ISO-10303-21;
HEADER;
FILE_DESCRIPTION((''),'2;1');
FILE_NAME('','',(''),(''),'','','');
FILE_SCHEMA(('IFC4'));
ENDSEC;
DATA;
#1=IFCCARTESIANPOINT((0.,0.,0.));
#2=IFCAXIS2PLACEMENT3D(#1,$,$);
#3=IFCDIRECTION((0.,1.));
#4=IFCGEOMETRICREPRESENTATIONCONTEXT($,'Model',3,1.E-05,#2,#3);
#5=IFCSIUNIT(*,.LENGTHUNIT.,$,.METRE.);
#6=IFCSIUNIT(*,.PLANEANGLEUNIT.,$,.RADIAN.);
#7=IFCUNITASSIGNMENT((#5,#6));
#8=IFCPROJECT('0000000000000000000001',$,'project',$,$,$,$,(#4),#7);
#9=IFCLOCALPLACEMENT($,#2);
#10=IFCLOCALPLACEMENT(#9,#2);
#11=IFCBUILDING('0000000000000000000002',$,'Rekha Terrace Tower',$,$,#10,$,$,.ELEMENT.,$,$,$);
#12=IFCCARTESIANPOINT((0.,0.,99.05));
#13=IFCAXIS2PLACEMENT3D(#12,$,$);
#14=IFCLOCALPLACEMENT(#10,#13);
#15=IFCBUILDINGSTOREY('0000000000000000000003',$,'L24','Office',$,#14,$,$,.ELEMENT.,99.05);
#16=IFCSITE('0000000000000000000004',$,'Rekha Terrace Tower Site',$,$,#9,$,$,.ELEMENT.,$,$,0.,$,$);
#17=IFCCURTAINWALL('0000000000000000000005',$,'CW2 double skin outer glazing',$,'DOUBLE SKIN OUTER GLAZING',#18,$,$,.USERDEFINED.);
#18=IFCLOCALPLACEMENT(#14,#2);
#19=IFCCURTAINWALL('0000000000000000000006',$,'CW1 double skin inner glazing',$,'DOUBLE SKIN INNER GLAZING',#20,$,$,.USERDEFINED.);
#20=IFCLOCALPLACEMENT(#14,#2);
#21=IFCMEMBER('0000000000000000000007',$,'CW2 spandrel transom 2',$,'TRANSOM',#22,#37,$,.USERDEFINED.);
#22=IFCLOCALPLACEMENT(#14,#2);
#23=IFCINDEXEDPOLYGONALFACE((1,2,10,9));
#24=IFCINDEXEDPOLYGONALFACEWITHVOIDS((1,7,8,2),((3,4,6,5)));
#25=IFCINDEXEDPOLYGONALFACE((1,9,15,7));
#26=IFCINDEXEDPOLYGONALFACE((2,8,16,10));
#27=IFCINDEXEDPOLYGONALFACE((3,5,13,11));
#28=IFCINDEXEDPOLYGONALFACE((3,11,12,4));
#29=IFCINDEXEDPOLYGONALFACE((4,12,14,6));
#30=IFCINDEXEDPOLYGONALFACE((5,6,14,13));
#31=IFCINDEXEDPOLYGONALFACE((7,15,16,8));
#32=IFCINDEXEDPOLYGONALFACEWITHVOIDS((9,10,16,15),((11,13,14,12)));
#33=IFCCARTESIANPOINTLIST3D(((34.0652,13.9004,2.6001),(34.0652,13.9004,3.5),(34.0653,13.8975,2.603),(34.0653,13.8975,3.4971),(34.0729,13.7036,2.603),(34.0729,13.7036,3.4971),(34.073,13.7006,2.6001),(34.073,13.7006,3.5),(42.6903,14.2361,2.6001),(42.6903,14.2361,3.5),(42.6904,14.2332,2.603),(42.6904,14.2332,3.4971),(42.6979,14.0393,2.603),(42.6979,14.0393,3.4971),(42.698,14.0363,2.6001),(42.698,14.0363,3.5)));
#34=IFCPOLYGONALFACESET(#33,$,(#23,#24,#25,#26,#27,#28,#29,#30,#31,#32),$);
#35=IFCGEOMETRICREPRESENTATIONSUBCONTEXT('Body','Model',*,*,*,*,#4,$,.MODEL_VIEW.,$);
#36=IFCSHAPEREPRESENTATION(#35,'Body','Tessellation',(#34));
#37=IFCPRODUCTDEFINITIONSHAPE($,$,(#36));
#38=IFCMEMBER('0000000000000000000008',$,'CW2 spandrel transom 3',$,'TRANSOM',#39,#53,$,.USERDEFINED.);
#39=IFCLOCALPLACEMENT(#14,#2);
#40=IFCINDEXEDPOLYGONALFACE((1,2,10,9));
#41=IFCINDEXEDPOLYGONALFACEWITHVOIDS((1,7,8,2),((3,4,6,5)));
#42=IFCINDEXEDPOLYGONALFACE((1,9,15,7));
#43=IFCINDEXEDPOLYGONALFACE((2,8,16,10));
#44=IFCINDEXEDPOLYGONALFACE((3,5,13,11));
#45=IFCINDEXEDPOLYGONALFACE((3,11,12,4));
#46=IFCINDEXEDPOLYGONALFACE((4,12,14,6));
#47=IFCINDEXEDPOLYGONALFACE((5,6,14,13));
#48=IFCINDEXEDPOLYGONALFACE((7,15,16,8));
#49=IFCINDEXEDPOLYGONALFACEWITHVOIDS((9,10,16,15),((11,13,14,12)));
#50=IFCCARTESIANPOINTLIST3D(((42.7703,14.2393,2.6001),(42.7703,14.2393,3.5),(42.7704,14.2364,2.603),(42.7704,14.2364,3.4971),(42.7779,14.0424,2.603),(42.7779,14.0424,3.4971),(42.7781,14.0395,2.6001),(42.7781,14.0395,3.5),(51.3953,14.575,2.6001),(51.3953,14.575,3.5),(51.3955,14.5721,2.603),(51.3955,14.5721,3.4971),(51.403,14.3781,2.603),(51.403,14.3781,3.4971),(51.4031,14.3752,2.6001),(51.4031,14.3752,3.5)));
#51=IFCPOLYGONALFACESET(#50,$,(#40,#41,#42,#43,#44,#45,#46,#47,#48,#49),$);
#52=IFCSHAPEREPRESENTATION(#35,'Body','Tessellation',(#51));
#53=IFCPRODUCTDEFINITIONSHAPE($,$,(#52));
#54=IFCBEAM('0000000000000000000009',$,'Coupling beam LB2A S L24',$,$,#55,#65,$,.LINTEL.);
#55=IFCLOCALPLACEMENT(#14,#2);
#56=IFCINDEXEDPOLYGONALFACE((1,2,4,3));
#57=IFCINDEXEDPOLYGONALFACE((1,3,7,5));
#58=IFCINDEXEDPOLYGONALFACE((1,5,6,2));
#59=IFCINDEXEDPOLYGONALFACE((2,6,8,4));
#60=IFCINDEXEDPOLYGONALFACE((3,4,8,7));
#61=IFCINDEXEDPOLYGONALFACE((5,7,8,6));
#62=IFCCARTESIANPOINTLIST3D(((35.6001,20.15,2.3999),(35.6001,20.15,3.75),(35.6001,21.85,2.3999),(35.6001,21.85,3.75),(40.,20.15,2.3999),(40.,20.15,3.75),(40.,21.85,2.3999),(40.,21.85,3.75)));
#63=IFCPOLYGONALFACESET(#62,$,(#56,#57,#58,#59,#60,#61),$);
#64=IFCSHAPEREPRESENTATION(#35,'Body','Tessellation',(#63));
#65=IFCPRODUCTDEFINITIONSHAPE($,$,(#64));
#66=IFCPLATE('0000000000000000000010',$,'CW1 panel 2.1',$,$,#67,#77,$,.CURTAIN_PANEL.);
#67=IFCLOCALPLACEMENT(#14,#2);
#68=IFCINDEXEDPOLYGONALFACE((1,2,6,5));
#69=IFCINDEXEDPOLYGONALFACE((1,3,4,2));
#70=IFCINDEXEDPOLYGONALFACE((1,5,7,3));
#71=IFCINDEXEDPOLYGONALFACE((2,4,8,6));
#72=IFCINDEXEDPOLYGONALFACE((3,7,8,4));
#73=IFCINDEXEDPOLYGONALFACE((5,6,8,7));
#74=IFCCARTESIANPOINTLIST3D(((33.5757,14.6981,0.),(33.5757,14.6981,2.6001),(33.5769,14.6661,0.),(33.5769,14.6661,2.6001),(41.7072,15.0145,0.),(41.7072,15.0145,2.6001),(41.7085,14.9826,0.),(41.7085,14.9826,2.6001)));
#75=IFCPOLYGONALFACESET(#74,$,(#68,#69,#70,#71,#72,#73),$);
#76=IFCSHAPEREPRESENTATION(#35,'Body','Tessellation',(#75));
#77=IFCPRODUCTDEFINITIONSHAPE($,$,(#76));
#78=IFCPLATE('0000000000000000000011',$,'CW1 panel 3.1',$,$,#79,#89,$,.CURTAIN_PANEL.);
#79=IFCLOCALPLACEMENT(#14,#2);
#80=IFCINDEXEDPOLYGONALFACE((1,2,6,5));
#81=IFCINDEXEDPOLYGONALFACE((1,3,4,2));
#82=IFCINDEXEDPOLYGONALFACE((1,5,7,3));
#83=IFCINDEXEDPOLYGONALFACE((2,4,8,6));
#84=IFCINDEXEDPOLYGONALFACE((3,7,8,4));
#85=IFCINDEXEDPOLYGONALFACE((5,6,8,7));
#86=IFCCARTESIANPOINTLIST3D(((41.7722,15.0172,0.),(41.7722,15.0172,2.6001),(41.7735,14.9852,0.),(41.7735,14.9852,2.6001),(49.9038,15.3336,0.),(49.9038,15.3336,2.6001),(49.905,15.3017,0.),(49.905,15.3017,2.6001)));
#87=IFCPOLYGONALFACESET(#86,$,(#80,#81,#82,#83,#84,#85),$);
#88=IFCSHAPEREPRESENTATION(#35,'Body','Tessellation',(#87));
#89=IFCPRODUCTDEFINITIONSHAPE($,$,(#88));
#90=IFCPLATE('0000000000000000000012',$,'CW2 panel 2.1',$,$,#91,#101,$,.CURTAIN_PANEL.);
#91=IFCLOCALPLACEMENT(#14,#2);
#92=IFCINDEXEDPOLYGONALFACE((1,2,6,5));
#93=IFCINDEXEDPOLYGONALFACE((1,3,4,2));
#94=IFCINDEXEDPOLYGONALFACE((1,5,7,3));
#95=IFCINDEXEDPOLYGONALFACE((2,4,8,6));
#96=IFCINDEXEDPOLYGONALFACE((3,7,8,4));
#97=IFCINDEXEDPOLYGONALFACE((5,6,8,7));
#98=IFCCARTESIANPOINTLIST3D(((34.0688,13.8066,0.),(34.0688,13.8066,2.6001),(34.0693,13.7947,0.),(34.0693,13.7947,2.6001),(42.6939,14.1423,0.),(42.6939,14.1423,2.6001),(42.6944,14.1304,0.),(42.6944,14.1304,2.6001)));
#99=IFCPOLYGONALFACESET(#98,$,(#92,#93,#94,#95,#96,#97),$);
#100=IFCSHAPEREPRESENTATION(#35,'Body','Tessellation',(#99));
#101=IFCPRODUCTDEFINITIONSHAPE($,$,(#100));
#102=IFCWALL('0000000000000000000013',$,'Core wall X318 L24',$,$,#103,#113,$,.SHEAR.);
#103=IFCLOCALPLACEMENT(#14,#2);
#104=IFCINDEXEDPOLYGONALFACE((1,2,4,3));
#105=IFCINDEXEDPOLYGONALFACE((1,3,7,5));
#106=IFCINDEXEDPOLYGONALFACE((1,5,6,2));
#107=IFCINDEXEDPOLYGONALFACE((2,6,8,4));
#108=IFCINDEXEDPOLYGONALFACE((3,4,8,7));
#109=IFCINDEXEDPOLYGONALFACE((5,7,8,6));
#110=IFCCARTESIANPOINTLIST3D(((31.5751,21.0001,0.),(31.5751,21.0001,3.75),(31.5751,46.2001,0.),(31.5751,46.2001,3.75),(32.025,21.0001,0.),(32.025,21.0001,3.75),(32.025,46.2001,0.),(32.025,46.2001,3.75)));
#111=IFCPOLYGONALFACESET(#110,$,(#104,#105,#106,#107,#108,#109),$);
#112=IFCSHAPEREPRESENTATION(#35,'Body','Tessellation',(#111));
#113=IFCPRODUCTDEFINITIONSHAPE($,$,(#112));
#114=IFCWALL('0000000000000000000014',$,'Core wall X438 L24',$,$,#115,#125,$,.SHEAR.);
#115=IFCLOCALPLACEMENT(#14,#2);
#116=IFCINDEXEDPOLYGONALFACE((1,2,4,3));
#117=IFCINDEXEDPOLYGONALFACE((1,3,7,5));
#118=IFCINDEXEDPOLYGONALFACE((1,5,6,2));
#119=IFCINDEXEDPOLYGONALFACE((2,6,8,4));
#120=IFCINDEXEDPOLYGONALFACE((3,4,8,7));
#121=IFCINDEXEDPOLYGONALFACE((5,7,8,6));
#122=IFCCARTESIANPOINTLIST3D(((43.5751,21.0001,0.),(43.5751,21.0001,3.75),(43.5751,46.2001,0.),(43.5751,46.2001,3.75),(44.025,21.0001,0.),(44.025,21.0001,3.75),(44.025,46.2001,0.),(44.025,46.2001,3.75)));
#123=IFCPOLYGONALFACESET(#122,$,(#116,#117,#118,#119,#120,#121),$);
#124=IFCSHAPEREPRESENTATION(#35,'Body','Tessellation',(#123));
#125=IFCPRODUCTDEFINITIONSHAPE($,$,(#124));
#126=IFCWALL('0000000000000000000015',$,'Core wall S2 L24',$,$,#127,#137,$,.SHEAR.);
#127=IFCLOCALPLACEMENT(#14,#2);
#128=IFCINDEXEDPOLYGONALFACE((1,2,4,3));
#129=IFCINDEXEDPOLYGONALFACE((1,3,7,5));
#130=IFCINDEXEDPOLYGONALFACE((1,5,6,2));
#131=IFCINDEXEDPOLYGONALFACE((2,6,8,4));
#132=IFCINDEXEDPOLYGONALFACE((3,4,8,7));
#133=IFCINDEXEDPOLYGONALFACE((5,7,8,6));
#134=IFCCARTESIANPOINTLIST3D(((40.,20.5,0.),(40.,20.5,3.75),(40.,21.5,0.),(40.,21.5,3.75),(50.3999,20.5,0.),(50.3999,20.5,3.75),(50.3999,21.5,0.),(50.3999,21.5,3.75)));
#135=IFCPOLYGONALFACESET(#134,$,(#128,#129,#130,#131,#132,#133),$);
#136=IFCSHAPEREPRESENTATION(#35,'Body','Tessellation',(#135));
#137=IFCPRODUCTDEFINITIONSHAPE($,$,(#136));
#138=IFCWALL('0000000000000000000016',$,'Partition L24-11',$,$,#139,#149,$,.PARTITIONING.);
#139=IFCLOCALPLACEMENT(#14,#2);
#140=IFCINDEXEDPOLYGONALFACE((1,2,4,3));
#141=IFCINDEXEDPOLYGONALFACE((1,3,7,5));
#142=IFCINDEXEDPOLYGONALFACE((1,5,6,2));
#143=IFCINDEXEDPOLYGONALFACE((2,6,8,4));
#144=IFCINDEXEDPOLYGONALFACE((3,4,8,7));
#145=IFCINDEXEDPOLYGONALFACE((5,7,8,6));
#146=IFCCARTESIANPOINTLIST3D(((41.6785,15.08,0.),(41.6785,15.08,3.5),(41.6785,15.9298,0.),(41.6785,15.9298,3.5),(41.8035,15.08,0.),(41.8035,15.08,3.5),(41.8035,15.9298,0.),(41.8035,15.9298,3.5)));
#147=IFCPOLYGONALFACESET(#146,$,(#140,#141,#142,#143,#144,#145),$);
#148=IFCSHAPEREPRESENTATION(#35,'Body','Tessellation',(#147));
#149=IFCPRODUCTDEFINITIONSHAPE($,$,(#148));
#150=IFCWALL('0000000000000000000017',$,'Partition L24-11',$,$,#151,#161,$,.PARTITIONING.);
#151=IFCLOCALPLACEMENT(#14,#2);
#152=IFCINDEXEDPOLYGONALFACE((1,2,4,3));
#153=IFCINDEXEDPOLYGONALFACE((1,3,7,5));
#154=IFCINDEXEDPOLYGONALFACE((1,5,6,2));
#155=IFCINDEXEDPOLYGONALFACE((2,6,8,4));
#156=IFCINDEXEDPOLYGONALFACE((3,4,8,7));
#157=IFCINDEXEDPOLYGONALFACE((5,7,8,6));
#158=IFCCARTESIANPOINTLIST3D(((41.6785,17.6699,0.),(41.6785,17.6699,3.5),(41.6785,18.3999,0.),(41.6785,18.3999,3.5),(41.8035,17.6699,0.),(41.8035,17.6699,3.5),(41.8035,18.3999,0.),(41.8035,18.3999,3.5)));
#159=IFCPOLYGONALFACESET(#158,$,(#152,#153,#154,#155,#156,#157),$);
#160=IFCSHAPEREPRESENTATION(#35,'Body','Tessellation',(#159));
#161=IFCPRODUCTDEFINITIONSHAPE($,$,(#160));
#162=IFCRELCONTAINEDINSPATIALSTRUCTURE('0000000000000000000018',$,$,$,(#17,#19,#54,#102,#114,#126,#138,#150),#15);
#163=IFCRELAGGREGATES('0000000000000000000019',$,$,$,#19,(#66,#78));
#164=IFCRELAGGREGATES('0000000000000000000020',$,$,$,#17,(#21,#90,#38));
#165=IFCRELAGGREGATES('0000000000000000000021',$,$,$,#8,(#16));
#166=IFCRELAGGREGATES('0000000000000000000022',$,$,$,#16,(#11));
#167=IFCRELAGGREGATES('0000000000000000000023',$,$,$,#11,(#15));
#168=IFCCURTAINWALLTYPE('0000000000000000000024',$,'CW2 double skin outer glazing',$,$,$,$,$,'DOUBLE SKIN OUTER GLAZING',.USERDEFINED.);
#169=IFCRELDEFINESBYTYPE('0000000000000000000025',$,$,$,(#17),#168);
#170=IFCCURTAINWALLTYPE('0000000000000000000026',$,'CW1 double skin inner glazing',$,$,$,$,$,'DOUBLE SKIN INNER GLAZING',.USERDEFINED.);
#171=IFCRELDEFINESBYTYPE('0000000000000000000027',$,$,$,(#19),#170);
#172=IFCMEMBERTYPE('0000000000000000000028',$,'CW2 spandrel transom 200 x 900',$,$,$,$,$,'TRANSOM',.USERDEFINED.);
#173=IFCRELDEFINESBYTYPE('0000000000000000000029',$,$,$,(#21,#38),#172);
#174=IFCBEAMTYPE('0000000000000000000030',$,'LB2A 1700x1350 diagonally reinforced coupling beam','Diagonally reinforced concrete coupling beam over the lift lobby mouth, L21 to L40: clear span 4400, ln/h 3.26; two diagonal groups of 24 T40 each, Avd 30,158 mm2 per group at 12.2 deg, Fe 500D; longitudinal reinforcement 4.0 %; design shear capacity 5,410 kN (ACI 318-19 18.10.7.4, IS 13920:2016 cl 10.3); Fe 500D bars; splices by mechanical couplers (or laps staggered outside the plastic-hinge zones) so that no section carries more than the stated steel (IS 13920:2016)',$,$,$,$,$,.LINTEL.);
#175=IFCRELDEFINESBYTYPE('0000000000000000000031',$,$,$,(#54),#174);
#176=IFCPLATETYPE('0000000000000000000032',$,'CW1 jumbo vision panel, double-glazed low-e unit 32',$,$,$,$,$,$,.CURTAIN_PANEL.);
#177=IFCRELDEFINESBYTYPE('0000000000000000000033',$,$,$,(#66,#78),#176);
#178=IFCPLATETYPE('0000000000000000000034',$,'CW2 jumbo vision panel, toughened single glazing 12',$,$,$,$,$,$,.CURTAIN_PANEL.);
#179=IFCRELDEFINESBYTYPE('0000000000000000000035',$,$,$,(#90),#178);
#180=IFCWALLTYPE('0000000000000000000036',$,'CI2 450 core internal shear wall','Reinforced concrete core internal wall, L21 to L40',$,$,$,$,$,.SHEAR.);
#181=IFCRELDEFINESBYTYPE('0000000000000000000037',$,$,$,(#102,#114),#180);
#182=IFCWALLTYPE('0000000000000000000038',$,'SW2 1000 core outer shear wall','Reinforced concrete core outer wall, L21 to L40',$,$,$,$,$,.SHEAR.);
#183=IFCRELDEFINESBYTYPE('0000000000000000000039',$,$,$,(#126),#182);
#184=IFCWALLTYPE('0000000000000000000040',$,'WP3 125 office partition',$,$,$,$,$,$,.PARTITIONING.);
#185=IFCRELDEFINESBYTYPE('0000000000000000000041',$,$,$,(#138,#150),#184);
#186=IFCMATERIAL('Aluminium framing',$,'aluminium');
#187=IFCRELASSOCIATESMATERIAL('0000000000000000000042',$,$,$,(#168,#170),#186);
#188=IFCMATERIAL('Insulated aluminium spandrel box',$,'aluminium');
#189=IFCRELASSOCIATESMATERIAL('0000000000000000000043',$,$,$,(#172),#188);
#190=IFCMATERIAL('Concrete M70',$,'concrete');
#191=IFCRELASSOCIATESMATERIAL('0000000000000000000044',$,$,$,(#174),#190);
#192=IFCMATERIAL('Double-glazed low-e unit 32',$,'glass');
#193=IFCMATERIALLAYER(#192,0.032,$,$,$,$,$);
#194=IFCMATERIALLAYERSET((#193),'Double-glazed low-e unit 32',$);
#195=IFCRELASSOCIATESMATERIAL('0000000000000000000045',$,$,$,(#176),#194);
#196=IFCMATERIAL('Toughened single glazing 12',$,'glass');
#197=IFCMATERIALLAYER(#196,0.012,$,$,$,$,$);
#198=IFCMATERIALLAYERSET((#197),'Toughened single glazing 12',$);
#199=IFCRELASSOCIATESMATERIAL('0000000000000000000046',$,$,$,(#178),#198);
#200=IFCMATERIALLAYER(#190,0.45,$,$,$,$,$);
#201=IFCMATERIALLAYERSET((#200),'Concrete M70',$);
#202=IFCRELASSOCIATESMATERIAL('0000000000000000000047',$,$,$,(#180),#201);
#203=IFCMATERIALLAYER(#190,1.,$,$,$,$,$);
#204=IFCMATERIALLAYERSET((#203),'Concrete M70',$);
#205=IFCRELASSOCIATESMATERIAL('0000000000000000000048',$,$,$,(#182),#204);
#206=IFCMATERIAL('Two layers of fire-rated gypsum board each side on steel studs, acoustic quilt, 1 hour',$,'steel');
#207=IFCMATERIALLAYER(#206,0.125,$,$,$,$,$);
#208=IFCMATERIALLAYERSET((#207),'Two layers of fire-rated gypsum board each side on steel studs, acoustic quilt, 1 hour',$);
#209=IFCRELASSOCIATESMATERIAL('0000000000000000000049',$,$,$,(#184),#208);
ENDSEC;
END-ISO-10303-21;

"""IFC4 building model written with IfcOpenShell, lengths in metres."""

from ifc_helpers import new_model, si_unit, direction, frame, frame_2d, origin, origin_2d, place, context, subcontext, project, spatial, rectangle, hollow_rectangle, extrude, material, layer, layer_set, material_profile, profile_set, type_object, element, aggregate, save


model = new_model("IFC4")

# Units and contexts
model_context = context("Model", 3, precision=1e-05, world=origin(), true_north=direction((0.0, 1.0)))
body_context = subcontext(model_context, "Body", "Model", "MODEL_VIEW")
ifc_project = project(units=[si_unit("LENGTHUNIT", "METRE"), si_unit("PLANEANGLEUNIT", "RADIAN")], contexts=[model_context])

# Site, building, storey
site_placement = place(None, origin())
site = spatial("IfcSite", under=ifc_project, at=site_placement, Name="Rekha Terrace Tower Site", CompositionType="ELEMENT", RefElevation=0.0)
building_placement = place(site_placement, origin())
building = spatial("IfcBuilding", under=site, at=building_placement, Name="Rekha Terrace Tower", CompositionType="ELEMENT")
storey_placement = place(building_placement, frame((0.0, 0.0, 99.05)))
storey = spatial("IfcBuildingStorey", under=building, at=storey_placement, Name="L24", Description="Office", CompositionType="ELEMENT", Elevation=99.05)

# Shared definitions
ifc_material_1 = material(Name="Concrete M70", Category="concrete")

# Curtain walls
ifc_material_2 = material(Name="Aluminium framing", Category="aluminium")
curtain_wall_type_1 = type_object("IfcCurtainWallType", Name="CW2 double skin outer glazing", ElementType="DOUBLE SKIN OUTER GLAZING", PredefinedType="USERDEFINED", material=ifc_material_2)
curtain_wall_1_placement = place(storey_placement, origin())
curtain_wall_1 = element("IfcCurtainWall", 1, at=curtain_wall_1_placement, inside=storey, type_object=curtain_wall_type_1, Name="CW2 double skin outer glazing", ObjectType="DOUBLE SKIN OUTER GLAZING", PredefinedType="USERDEFINED")
curtain_wall_type_2 = type_object("IfcCurtainWallType", Name="CW1 double skin inner glazing", ElementType="DOUBLE SKIN INNER GLAZING", PredefinedType="USERDEFINED", material=ifc_material_2)
curtain_wall_2_placement = place(storey_placement, origin())
curtain_wall_2 = element("IfcCurtainWall", 2, at=curtain_wall_2_placement, inside=storey, type_object=curtain_wall_type_2, Name="CW1 double skin inner glazing", ObjectType="DOUBLE SKIN INNER GLAZING", PredefinedType="USERDEFINED")
ifc_material_3 = material(Name="Insulated aluminium spandrel box", Category="aluminium")

# Members
ifc_material_profile_1 = material_profile(ifc_material_3, hollow_rectangle(XDim=0.2, YDim=0.8999, WallThickness=0.0029, at=origin_2d()), Name="AL SPANDREL BOX 200x900")
ifc_profile_set_1 = profile_set([ifc_material_profile_1], Name="Insulated aluminium spandrel box")
member_type_1 = type_object("IfcMemberType", Name="CW2 spandrel transom 200 x 900", ElementType="TRANSOM", PredefinedType="USERDEFINED", material=ifc_profile_set_1)
member_1_placement = place(storey_placement, frame((34.0691, 13.8005, 3.05), z_axis=(0.999243, 0.038892, 0.0), x_axis=(-0.038892, 0.999243, 0.0)))
member_1 = element("IfcMember", 3, at=member_1_placement, type_object=member_type_1, Name="CW2 spandrel transom 2", ObjectType="TRANSOM", PredefinedType="USERDEFINED", context=body_context, shape_type="SweptSolid", body=[
    extrude(hollow_rectangle(XDim=0.2, YDim=0.8999, WallThickness=0.0029, at=origin_2d()), origin(), (0.0, 0.0, 1.0), 8.6316),
])
member_2_placement = place(storey_placement, frame((42.7742, 14.1394, 3.05), z_axis=(0.999243, 0.038892, 0.0), x_axis=(-0.038892, 0.999243, 0.0)))
member_2 = element("IfcMember", 4, at=member_2_placement, type_object=member_type_1, Name="CW2 spandrel transom 3", ObjectType="TRANSOM", PredefinedType="USERDEFINED", context=body_context, shape_type="SweptSolid", body=[
    extrude(hollow_rectangle(XDim=0.2, YDim=0.8999, WallThickness=0.0029, at=origin_2d()), origin(), (0.0, 0.0, 1.0), 8.6316),
])

# Beam
ifc_material_profile_2 = material_profile(ifc_material_1, rectangle(XDim=1.7, YDim=1.3501, at=origin_2d()), Name="RC 1700x1350")
ifc_profile_set_2 = profile_set([ifc_material_profile_2], Name="Concrete M70")
beam_type = type_object("IfcBeamType", Name="LB2A 1700x1350 diagonally reinforced coupling beam", Description="Diagonally reinforced concrete coupling beam over the lift lobby mouth, L21 to L40: clear span 4400, ln/h 3.26; two diagonal groups of 24 T40 each, Avd 30,158 mm2 per group at 12.2 deg, Fe 500D; longitudinal reinforcement 4.0 %; design shear capacity 5,410 kN (ACI 318-19 18.10.7.4, IS 13920:2016 cl 10.3); Fe 500D bars; splices by mechanical couplers (or laps staggered outside the plastic-hinge zones) so that no section carries more than the stated steel (IS 13920:2016)", PredefinedType="LINTEL", material=ifc_profile_set_2)
beam_placement = place(storey_placement, frame((35.6001, 21.0, 3.075), z_axis=(1.0, 0.0, 0.0), x_axis=(0.0, 1.0, 0.0)))
element("IfcBeam", 5, at=beam_placement, inside=storey, type_object=beam_type, Name="Coupling beam LB2A S L24", PredefinedType="LINTEL", context=body_context, shape_type="SweptSolid", body=[
    extrude(rectangle(XDim=1.7, YDim=1.3501, at=origin_2d()), origin(), (0.0, 0.0, 1.0), 4.3999),
])

# Plates
ifc_material_4 = material(Name="Double-glazed low-e unit 32", Category="glass")
ifc_layer_1 = layer(ifc_material_4, 0.032)
ifc_layer_set_1 = layer_set([ifc_layer_1], Name="Double-glazed low-e unit 32")
plate_type_1 = type_object("IfcPlateType", Name="CW1 jumbo vision panel, double-glazed low-e unit 32", PredefinedType="CURTAIN_PANEL", material=ifc_layer_set_1)
plate_1_placement = place(storey_placement, frame((37.6421, 14.8403, 0.0), z_axis=(0.0, 0.0, 1.0), x_axis=(0.999243, 0.03889, 0.0)))
plate_1 = element("IfcPlate", 6, at=plate_1_placement, type_object=plate_type_1, Name="CW1 panel 2.1", PredefinedType="CURTAIN_PANEL", context=body_context, shape_type="SweptSolid", body=[
    extrude(rectangle(XDim=8.1377, YDim=0.032, at=origin_2d()), origin(), (0.0, 0.0, 1.0), 2.6001),
])
plate_2_placement = place(storey_placement, frame((45.8386, 15.1594, 0.0), z_axis=(0.0, 0.0, 1.0), x_axis=(0.999243, 0.03889, 0.0)))
plate_2 = element("IfcPlate", 7, at=plate_2_placement, type_object=plate_type_1, Name="CW1 panel 3.1", PredefinedType="CURTAIN_PANEL", context=body_context, shape_type="SweptSolid", body=[
    extrude(rectangle(XDim=8.1377, YDim=0.032, at=origin_2d()), origin(), (0.0, 0.0, 1.0), 2.6001),
])
aggregate(curtain_wall_2, [plate_1, plate_2])
ifc_material_5 = material(Name="Toughened single glazing 12", Category="glass")
ifc_layer_2 = layer(ifc_material_5, 0.012)
ifc_layer_set_2 = layer_set([ifc_layer_2], Name="Toughened single glazing 12")
plate_type_2 = type_object("IfcPlateType", Name="CW2 jumbo vision panel, toughened single glazing 12", PredefinedType="CURTAIN_PANEL", material=ifc_layer_set_2)
plate_3_placement = place(storey_placement, frame((38.3816, 13.9685, 0.0), z_axis=(0.0, 0.0, 1.0), x_axis=(0.999243, 0.03889, 0.0)))
plate_3 = element("IfcPlate", 8, at=plate_3_placement, type_object=plate_type_2, Name="CW2 panel 2.1", PredefinedType="CURTAIN_PANEL", context=body_context, shape_type="SweptSolid", body=[
    extrude(rectangle(XDim=8.6316, YDim=0.012, at=origin_2d()), origin(), (0.0, 0.0, 1.0), 2.6001),
])
aggregate(curtain_wall_1, [member_1, plate_3, member_2])

# Walls
ifc_layer_3 = layer(ifc_material_1, 0.45)
ifc_layer_set_3 = layer_set([ifc_layer_3], Name="Concrete M70")
wall_type_1 = type_object("IfcWallType", Name="CI2 450 core internal shear wall", Description="Reinforced concrete core internal wall, L21 to L40", PredefinedType="SHEAR", material=ifc_layer_set_3)
for number, where, z_axis, x_axis, name in (
    (9, (31.8, 21.0, 0.0), (0.0, 0.0, 1.0), (0.0, 1.0, 0.0), "Core wall X318 L24"),
    (10, (43.8, 21.0, 0.0), (0.0, 0.0, 1.0), (0.0, 1.0, 0.0), "Core wall X438 L24"),
):
    element("IfcWall", number, at=place(storey_placement, frame(where, z_axis=z_axis, x_axis=x_axis)), inside=storey, type_object=wall_type_1, Name=name, PredefinedType="SHEAR", context=body_context, shape_type="SweptSolid", body=[
        extrude(rectangle(XDim=25.2, YDim=0.45, at=frame_2d((12.6001, 0.0))), origin(), (0.0, 0.0, 1.0), 3.75),
    ])
ifc_layer_4 = layer(ifc_material_1, 1.0)
ifc_layer_set_4 = layer_set([ifc_layer_4], Name="Concrete M70")
wall_type_2 = type_object("IfcWallType", Name="SW2 1000 core outer shear wall", Description="Reinforced concrete core outer wall, L21 to L40", PredefinedType="SHEAR", material=ifc_layer_set_4)
wall_1_placement = place(storey_placement, frame((40.0, 21.0, 0.0), z_axis=(0.0, 0.0, 1.0), x_axis=(1.0, 0.0, 0.0)))
element("IfcWall", 11, at=wall_1_placement, inside=storey, type_object=wall_type_2, Name="Core wall S2 L24", PredefinedType="SHEAR", context=body_context, shape_type="SweptSolid", body=[
    extrude(rectangle(XDim=10.3999, YDim=1.0, at=frame_2d((5.2, 0.0))), origin(), (0.0, 0.0, 1.0), 3.75),
])
ifc_material_6 = material(Name="Two layers of fire-rated gypsum board each side on steel studs, acoustic quilt, 1 hour", Category="steel")
ifc_layer_5 = layer(ifc_material_6, 0.125)
ifc_layer_set_5 = layer_set([ifc_layer_5], Name="Two layers of fire-rated gypsum board each side on steel studs, acoustic quilt, 1 hour")
wall_type_3 = type_object("IfcWallType", Name="WP3 125 office partition", PredefinedType="PARTITIONING", material=ifc_layer_set_5)
wall_2_placement = place(storey_placement, frame((41.741, 15.0801, 0.0), z_axis=(0.0, 0.0, 1.0), x_axis=(0.0, 1.0, 0.0)))
element("IfcWall", 12, at=wall_2_placement, inside=storey, type_object=wall_type_3, Name="Partition L24-11", PredefinedType="PARTITIONING", context=body_context, shape_type="SweptSolid", body=[
    extrude(rectangle(XDim=0.8499, YDim=0.125, at=frame_2d((0.4248, 0.0))), origin(), (0.0, 0.0, 1.0), 3.5),
])
wall_3_placement = place(storey_placement, frame((41.741, 17.6699, 0.0), z_axis=(0.0, 0.0, 1.0), x_axis=(0.0, 1.0, 0.0)))
element("IfcWall", 13, at=wall_3_placement, inside=storey, type_object=wall_type_3, Name="Partition L24-11", PredefinedType="PARTITIONING", context=body_context, shape_type="SweptSolid", body=[
    extrude(rectangle(XDim=0.73, YDim=0.125, at=frame_2d((0.365, 0.0))), origin(), (0.0, 0.0, 1.0), 3.5),
])

save(model, "model.ifc")
